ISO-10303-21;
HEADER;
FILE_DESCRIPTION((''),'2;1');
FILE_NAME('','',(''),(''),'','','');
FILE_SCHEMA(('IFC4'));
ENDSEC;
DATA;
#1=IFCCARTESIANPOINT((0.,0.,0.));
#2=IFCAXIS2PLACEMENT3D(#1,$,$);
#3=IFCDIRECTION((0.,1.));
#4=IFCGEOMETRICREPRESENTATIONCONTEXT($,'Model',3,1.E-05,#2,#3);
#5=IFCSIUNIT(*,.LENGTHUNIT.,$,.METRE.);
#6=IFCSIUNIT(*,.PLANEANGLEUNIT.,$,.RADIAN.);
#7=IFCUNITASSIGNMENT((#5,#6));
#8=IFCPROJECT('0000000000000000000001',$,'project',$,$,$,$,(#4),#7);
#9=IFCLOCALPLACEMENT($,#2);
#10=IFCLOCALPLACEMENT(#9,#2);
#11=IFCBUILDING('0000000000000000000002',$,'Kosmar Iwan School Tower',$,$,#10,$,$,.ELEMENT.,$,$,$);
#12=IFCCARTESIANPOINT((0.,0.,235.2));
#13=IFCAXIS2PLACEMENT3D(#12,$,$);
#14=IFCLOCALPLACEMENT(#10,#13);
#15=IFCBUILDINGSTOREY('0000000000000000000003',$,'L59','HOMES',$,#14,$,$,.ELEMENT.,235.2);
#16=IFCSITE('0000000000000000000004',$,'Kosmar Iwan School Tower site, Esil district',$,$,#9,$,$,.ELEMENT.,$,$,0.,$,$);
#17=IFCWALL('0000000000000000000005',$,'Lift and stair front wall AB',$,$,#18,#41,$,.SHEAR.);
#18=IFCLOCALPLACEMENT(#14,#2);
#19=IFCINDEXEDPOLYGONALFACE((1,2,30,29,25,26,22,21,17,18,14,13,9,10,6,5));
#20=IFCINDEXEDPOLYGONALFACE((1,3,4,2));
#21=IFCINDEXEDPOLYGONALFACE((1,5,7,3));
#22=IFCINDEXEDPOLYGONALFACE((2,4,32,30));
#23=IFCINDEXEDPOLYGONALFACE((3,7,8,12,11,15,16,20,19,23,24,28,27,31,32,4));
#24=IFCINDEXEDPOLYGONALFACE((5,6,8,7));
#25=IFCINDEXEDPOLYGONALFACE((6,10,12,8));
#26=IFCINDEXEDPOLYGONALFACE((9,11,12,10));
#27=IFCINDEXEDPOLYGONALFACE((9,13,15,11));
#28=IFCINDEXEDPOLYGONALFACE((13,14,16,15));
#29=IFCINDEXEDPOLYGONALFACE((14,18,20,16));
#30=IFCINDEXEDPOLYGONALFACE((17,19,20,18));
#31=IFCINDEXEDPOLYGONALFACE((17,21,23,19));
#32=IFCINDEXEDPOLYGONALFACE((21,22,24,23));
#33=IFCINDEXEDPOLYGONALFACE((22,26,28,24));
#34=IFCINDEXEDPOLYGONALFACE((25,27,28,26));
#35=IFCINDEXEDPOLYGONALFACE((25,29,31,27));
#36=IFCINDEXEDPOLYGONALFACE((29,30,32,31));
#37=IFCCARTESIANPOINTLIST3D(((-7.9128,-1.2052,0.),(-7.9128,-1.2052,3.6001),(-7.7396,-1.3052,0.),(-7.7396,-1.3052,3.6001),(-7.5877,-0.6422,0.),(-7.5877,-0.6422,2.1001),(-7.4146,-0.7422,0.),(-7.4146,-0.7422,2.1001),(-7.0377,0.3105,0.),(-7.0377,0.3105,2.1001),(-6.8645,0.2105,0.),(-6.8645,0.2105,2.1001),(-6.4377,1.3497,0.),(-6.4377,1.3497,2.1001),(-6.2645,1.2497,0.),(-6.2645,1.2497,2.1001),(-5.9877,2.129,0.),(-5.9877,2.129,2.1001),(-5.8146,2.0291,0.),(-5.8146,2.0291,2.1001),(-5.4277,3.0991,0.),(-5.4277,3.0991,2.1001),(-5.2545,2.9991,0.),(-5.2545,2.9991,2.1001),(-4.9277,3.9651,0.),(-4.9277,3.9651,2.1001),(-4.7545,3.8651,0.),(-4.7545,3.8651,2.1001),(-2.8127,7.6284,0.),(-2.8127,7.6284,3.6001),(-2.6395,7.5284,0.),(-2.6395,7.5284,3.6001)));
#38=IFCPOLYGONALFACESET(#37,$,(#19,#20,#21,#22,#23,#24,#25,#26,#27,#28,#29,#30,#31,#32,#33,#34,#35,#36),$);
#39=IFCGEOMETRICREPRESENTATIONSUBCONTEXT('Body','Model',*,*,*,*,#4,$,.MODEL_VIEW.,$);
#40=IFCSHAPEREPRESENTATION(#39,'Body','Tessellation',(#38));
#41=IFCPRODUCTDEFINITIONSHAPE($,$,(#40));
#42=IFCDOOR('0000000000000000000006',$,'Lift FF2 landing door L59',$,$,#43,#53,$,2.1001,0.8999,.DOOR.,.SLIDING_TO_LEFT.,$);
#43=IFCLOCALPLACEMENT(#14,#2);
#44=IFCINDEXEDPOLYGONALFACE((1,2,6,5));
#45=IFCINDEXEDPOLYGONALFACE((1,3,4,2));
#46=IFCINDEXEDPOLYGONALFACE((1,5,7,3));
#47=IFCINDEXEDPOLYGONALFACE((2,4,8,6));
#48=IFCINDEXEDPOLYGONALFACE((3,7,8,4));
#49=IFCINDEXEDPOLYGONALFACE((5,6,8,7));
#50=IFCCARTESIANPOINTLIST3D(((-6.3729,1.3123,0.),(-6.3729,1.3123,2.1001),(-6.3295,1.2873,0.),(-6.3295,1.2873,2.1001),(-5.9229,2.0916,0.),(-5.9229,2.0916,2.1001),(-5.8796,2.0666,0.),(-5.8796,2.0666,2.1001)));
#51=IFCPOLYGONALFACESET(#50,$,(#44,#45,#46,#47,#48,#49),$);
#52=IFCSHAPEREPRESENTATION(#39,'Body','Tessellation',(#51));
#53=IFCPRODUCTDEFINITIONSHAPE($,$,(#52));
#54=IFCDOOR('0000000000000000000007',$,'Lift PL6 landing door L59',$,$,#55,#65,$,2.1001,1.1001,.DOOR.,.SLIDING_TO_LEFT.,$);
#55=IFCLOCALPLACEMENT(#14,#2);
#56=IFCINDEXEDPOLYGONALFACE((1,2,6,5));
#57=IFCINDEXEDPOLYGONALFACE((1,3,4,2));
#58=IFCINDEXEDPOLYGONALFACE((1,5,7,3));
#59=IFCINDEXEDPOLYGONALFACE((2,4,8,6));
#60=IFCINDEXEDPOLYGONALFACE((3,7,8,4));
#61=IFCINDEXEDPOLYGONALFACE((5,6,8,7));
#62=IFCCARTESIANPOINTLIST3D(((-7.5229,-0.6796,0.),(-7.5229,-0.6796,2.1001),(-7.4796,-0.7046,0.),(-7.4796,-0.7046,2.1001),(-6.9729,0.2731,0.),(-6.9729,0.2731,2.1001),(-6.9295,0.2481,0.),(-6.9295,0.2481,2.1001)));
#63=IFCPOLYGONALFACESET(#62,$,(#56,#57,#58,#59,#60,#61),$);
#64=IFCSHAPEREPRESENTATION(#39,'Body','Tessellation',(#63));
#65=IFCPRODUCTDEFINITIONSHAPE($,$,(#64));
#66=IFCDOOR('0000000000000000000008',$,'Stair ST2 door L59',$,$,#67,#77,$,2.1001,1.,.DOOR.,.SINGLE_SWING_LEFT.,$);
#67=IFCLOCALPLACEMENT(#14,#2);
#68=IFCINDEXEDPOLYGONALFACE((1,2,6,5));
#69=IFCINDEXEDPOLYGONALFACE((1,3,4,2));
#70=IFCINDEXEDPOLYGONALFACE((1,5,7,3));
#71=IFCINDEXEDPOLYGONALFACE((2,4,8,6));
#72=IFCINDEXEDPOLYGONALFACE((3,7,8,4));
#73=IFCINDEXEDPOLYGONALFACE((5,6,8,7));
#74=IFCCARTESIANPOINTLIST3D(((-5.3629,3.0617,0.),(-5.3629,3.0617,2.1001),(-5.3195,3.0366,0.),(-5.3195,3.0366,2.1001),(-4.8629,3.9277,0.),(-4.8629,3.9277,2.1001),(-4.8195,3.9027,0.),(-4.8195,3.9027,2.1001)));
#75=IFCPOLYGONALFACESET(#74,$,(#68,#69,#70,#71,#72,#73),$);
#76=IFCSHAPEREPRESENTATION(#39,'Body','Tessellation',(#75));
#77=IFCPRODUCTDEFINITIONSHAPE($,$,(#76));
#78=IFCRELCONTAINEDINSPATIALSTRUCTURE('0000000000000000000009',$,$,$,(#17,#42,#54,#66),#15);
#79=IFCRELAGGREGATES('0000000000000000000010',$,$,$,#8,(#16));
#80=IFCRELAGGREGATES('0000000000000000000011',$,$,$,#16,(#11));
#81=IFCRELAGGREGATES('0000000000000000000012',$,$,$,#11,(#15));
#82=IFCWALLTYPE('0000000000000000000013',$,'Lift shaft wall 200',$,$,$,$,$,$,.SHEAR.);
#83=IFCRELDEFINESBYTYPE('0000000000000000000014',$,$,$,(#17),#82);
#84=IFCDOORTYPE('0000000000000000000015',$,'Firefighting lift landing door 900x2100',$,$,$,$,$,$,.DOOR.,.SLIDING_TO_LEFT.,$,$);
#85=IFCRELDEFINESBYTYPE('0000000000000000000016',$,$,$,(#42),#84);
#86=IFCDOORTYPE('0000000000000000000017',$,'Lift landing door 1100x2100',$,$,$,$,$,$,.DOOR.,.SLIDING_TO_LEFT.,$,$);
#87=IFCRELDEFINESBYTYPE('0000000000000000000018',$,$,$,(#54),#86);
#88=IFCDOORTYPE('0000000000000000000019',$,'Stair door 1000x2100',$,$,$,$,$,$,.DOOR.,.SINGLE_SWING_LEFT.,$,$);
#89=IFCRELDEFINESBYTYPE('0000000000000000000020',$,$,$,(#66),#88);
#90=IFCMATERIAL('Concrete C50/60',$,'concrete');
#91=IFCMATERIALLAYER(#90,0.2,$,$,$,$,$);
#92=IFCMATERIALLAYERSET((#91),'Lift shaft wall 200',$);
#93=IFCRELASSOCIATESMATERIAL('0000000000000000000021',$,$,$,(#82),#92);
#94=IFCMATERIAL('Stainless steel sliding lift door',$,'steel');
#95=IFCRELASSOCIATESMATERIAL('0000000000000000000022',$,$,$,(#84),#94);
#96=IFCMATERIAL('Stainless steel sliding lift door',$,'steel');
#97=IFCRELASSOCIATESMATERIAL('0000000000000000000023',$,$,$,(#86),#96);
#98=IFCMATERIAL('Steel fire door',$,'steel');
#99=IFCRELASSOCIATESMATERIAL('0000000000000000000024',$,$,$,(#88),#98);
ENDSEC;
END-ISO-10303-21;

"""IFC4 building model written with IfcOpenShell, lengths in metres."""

from ifc_helpers import new_model, si_unit, direction, frame, frame_2d, origin, place, context, subcontext, project, spatial, rectangle, extrude, material, layer, layer_set, type_object, element, fill, save


model = new_model("IFC4")

# Units and contexts
model_context = context("Model", 3, precision=1e-05, world=origin(), true_north=direction((0.0, 1.0)))
body_context = subcontext(model_context, "Body", "Model", "MODEL_VIEW")
ifc_project = project(units=[si_unit("LENGTHUNIT", "METRE"), si_unit("PLANEANGLEUNIT", "RADIAN")], contexts=[model_context])

# Site, building, storey
site_placement = place(None, origin())
site = spatial("IfcSite", under=ifc_project, at=site_placement, Name="Kosmar Iwan School Tower site, Esil district", CompositionType="ELEMENT", RefElevation=0.0)
building_placement = place(site_placement, origin())
building = spatial("IfcBuilding", under=site, at=building_placement, Name="Kosmar Iwan School Tower", CompositionType="ELEMENT")
storey_placement = place(building_placement, frame((0.0, 0.0, 235.2)))
storey = spatial("IfcBuildingStorey", under=building, at=storey_placement, Name="L59", Description="HOMES", CompositionType="ELEMENT", Elevation=235.2)

# Wall, openings, doors
ifc_material_1 = material(Name="Concrete C50/60", Category="concrete")
ifc_layer_1 = layer(ifc_material_1, 0.2)
ifc_layer_set_1 = layer_set([ifc_layer_1], Name="Lift shaft wall 200")
wall_type_1 = type_object("IfcWallType", Name="Lift shaft wall 200", PredefinedType="SHEAR", material=ifc_layer_set_1)
wall_1_placement = place(storey_placement, frame((-2.7261, 7.5784, 0.0), z_axis=(0.0, 0.0, 1.0), x_axis=(-0.500006, -0.866022, 0.0)))
wall_1 = element("IfcWall", 1, at=wall_1_placement, inside=storey, type_object=wall_type_1, Name="Lift and stair front wall AB", PredefinedType="SHEAR", context=body_context, shape_type="SweptSolid", body=[
    extrude(rectangle(XDim=10.2002, YDim=0.2, at=frame_2d((5.1001, 0.0))), origin(), (0.0, 0.0, 1.0), 3.6001),
])
opening_1_placement = place(wall_1_placement, frame((6.3501, 0.0, 0.0)))
opening_1 = element("IfcOpeningElement", 2, at=opening_1_placement, cuts=wall_1, PredefinedType="OPENING", context=body_context, shape_type="SweptSolid", body=[
    extrude(rectangle(XDim=0.8999, YDim=2.1001, at=frame_2d((0.45, 1.05))), frame((0.0, 0.1121, 0.0), z_axis=(0.0, -1.0, 0.0), x_axis=(1.0, 0.0, 0.0)), (0.0, 0.0, 1.0), 0.2239),
])
opening_2_placement = place(wall_1_placement, frame((8.45, 0.0, 0.0)))
opening_2 = element("IfcOpeningElement", 3, at=opening_2_placement, cuts=wall_1, PredefinedType="OPENING", context=body_context, shape_type="SweptSolid", body=[
    extrude(rectangle(XDim=1.1001, YDim=2.1001, at=frame_2d((0.55, 1.05))), frame((0.0, 0.1121, 0.0), z_axis=(0.0, -1.0, 0.0), x_axis=(1.0, 0.0, 0.0)), (0.0, 0.0, 1.0), 0.2239),
])
opening_3_placement = place(wall_1_placement, frame((4.23, 0.0, 0.0)))
opening_3 = element("IfcOpeningElement", 4, at=opening_3_placement, cuts=wall_1, PredefinedType="OPENING", context=body_context, shape_type="SweptSolid", body=[
    extrude(rectangle(XDim=1.0, YDim=2.1001, at=frame_2d((0.5, 1.05))), frame((0.0, 0.1121, 0.0), z_axis=(0.0, -1.0, 0.0), x_axis=(1.0, 0.0, 0.0)), (0.0, 0.0, 1.0), 0.2239),
])
ifc_material_2 = material(Name="Stainless steel sliding lift door", Category="steel")
door_type_1 = type_object("IfcDoorType", Name="Firefighting lift landing door 900x2100", OperationType="SLIDING_TO_LEFT", PredefinedType="DOOR", material=ifc_material_2)
door_1_placement = place(opening_1_placement, origin())
door_1 = element("IfcDoor", 5, at=door_1_placement, inside=storey, type_object=door_type_1, Name="Lift FF2 landing door L59", OperationType="SLIDING_TO_LEFT", OverallHeight=2.1001, OverallWidth=0.8999, PredefinedType="DOOR", context=body_context, shape_type="SweptSolid", body=[
    extrude(rectangle(XDim=0.8999, YDim=2.1001, at=frame_2d((0.45, 1.05))), frame((0.0, 0.0249, 0.0), z_axis=(0.0, -1.0, 0.0), x_axis=(1.0, 0.0, 0.0)), (0.0, 0.0, 1.0), 0.05),
])
fill(opening_1, door_1)
ifc_material_3 = material(Name="Stainless steel sliding lift door", Category="steel")
door_type_2 = type_object("IfcDoorType", Name="Lift landing door 1100x2100", OperationType="SLIDING_TO_LEFT", PredefinedType="DOOR", material=ifc_material_3)
door_2_placement = place(opening_2_placement, origin())
door_2 = element("IfcDoor", 6, at=door_2_placement, inside=storey, type_object=door_type_2, Name="Lift PL6 landing door L59", OperationType="SLIDING_TO_LEFT", OverallHeight=2.1001, OverallWidth=1.1001, PredefinedType="DOOR", context=body_context, shape_type="SweptSolid", body=[
    extrude(rectangle(XDim=1.1001, YDim=2.1001, at=frame_2d((0.55, 1.05))), frame((0.0, 0.0249, 0.0), z_axis=(0.0, -1.0, 0.0), x_axis=(1.0, 0.0, 0.0)), (0.0, 0.0, 1.0), 0.05),
])
fill(opening_2, door_2)
ifc_material_4 = material(Name="Steel fire door", Category="steel")
door_type_3 = type_object("IfcDoorType", Name="Stair door 1000x2100", OperationType="SINGLE_SWING_LEFT", PredefinedType="DOOR", material=ifc_material_4)
door_3_placement = place(opening_3_placement, origin())
door_3 = element("IfcDoor", 7, at=door_3_placement, inside=storey, type_object=door_type_3, Name="Stair ST2 door L59", OperationType="SINGLE_SWING_LEFT", OverallHeight=2.1001, OverallWidth=1.0, PredefinedType="DOOR", context=body_context, shape_type="SweptSolid", body=[
    extrude(rectangle(XDim=1.0, YDim=2.1001, at=frame_2d((0.5, 1.05))), frame((0.0, 0.0249, 0.0), z_axis=(0.0, -1.0, 0.0), x_axis=(1.0, 0.0, 0.0)), (0.0, 0.0, 1.0), 0.05),
])
fill(opening_3, door_3)

save(model, "model.ifc")
